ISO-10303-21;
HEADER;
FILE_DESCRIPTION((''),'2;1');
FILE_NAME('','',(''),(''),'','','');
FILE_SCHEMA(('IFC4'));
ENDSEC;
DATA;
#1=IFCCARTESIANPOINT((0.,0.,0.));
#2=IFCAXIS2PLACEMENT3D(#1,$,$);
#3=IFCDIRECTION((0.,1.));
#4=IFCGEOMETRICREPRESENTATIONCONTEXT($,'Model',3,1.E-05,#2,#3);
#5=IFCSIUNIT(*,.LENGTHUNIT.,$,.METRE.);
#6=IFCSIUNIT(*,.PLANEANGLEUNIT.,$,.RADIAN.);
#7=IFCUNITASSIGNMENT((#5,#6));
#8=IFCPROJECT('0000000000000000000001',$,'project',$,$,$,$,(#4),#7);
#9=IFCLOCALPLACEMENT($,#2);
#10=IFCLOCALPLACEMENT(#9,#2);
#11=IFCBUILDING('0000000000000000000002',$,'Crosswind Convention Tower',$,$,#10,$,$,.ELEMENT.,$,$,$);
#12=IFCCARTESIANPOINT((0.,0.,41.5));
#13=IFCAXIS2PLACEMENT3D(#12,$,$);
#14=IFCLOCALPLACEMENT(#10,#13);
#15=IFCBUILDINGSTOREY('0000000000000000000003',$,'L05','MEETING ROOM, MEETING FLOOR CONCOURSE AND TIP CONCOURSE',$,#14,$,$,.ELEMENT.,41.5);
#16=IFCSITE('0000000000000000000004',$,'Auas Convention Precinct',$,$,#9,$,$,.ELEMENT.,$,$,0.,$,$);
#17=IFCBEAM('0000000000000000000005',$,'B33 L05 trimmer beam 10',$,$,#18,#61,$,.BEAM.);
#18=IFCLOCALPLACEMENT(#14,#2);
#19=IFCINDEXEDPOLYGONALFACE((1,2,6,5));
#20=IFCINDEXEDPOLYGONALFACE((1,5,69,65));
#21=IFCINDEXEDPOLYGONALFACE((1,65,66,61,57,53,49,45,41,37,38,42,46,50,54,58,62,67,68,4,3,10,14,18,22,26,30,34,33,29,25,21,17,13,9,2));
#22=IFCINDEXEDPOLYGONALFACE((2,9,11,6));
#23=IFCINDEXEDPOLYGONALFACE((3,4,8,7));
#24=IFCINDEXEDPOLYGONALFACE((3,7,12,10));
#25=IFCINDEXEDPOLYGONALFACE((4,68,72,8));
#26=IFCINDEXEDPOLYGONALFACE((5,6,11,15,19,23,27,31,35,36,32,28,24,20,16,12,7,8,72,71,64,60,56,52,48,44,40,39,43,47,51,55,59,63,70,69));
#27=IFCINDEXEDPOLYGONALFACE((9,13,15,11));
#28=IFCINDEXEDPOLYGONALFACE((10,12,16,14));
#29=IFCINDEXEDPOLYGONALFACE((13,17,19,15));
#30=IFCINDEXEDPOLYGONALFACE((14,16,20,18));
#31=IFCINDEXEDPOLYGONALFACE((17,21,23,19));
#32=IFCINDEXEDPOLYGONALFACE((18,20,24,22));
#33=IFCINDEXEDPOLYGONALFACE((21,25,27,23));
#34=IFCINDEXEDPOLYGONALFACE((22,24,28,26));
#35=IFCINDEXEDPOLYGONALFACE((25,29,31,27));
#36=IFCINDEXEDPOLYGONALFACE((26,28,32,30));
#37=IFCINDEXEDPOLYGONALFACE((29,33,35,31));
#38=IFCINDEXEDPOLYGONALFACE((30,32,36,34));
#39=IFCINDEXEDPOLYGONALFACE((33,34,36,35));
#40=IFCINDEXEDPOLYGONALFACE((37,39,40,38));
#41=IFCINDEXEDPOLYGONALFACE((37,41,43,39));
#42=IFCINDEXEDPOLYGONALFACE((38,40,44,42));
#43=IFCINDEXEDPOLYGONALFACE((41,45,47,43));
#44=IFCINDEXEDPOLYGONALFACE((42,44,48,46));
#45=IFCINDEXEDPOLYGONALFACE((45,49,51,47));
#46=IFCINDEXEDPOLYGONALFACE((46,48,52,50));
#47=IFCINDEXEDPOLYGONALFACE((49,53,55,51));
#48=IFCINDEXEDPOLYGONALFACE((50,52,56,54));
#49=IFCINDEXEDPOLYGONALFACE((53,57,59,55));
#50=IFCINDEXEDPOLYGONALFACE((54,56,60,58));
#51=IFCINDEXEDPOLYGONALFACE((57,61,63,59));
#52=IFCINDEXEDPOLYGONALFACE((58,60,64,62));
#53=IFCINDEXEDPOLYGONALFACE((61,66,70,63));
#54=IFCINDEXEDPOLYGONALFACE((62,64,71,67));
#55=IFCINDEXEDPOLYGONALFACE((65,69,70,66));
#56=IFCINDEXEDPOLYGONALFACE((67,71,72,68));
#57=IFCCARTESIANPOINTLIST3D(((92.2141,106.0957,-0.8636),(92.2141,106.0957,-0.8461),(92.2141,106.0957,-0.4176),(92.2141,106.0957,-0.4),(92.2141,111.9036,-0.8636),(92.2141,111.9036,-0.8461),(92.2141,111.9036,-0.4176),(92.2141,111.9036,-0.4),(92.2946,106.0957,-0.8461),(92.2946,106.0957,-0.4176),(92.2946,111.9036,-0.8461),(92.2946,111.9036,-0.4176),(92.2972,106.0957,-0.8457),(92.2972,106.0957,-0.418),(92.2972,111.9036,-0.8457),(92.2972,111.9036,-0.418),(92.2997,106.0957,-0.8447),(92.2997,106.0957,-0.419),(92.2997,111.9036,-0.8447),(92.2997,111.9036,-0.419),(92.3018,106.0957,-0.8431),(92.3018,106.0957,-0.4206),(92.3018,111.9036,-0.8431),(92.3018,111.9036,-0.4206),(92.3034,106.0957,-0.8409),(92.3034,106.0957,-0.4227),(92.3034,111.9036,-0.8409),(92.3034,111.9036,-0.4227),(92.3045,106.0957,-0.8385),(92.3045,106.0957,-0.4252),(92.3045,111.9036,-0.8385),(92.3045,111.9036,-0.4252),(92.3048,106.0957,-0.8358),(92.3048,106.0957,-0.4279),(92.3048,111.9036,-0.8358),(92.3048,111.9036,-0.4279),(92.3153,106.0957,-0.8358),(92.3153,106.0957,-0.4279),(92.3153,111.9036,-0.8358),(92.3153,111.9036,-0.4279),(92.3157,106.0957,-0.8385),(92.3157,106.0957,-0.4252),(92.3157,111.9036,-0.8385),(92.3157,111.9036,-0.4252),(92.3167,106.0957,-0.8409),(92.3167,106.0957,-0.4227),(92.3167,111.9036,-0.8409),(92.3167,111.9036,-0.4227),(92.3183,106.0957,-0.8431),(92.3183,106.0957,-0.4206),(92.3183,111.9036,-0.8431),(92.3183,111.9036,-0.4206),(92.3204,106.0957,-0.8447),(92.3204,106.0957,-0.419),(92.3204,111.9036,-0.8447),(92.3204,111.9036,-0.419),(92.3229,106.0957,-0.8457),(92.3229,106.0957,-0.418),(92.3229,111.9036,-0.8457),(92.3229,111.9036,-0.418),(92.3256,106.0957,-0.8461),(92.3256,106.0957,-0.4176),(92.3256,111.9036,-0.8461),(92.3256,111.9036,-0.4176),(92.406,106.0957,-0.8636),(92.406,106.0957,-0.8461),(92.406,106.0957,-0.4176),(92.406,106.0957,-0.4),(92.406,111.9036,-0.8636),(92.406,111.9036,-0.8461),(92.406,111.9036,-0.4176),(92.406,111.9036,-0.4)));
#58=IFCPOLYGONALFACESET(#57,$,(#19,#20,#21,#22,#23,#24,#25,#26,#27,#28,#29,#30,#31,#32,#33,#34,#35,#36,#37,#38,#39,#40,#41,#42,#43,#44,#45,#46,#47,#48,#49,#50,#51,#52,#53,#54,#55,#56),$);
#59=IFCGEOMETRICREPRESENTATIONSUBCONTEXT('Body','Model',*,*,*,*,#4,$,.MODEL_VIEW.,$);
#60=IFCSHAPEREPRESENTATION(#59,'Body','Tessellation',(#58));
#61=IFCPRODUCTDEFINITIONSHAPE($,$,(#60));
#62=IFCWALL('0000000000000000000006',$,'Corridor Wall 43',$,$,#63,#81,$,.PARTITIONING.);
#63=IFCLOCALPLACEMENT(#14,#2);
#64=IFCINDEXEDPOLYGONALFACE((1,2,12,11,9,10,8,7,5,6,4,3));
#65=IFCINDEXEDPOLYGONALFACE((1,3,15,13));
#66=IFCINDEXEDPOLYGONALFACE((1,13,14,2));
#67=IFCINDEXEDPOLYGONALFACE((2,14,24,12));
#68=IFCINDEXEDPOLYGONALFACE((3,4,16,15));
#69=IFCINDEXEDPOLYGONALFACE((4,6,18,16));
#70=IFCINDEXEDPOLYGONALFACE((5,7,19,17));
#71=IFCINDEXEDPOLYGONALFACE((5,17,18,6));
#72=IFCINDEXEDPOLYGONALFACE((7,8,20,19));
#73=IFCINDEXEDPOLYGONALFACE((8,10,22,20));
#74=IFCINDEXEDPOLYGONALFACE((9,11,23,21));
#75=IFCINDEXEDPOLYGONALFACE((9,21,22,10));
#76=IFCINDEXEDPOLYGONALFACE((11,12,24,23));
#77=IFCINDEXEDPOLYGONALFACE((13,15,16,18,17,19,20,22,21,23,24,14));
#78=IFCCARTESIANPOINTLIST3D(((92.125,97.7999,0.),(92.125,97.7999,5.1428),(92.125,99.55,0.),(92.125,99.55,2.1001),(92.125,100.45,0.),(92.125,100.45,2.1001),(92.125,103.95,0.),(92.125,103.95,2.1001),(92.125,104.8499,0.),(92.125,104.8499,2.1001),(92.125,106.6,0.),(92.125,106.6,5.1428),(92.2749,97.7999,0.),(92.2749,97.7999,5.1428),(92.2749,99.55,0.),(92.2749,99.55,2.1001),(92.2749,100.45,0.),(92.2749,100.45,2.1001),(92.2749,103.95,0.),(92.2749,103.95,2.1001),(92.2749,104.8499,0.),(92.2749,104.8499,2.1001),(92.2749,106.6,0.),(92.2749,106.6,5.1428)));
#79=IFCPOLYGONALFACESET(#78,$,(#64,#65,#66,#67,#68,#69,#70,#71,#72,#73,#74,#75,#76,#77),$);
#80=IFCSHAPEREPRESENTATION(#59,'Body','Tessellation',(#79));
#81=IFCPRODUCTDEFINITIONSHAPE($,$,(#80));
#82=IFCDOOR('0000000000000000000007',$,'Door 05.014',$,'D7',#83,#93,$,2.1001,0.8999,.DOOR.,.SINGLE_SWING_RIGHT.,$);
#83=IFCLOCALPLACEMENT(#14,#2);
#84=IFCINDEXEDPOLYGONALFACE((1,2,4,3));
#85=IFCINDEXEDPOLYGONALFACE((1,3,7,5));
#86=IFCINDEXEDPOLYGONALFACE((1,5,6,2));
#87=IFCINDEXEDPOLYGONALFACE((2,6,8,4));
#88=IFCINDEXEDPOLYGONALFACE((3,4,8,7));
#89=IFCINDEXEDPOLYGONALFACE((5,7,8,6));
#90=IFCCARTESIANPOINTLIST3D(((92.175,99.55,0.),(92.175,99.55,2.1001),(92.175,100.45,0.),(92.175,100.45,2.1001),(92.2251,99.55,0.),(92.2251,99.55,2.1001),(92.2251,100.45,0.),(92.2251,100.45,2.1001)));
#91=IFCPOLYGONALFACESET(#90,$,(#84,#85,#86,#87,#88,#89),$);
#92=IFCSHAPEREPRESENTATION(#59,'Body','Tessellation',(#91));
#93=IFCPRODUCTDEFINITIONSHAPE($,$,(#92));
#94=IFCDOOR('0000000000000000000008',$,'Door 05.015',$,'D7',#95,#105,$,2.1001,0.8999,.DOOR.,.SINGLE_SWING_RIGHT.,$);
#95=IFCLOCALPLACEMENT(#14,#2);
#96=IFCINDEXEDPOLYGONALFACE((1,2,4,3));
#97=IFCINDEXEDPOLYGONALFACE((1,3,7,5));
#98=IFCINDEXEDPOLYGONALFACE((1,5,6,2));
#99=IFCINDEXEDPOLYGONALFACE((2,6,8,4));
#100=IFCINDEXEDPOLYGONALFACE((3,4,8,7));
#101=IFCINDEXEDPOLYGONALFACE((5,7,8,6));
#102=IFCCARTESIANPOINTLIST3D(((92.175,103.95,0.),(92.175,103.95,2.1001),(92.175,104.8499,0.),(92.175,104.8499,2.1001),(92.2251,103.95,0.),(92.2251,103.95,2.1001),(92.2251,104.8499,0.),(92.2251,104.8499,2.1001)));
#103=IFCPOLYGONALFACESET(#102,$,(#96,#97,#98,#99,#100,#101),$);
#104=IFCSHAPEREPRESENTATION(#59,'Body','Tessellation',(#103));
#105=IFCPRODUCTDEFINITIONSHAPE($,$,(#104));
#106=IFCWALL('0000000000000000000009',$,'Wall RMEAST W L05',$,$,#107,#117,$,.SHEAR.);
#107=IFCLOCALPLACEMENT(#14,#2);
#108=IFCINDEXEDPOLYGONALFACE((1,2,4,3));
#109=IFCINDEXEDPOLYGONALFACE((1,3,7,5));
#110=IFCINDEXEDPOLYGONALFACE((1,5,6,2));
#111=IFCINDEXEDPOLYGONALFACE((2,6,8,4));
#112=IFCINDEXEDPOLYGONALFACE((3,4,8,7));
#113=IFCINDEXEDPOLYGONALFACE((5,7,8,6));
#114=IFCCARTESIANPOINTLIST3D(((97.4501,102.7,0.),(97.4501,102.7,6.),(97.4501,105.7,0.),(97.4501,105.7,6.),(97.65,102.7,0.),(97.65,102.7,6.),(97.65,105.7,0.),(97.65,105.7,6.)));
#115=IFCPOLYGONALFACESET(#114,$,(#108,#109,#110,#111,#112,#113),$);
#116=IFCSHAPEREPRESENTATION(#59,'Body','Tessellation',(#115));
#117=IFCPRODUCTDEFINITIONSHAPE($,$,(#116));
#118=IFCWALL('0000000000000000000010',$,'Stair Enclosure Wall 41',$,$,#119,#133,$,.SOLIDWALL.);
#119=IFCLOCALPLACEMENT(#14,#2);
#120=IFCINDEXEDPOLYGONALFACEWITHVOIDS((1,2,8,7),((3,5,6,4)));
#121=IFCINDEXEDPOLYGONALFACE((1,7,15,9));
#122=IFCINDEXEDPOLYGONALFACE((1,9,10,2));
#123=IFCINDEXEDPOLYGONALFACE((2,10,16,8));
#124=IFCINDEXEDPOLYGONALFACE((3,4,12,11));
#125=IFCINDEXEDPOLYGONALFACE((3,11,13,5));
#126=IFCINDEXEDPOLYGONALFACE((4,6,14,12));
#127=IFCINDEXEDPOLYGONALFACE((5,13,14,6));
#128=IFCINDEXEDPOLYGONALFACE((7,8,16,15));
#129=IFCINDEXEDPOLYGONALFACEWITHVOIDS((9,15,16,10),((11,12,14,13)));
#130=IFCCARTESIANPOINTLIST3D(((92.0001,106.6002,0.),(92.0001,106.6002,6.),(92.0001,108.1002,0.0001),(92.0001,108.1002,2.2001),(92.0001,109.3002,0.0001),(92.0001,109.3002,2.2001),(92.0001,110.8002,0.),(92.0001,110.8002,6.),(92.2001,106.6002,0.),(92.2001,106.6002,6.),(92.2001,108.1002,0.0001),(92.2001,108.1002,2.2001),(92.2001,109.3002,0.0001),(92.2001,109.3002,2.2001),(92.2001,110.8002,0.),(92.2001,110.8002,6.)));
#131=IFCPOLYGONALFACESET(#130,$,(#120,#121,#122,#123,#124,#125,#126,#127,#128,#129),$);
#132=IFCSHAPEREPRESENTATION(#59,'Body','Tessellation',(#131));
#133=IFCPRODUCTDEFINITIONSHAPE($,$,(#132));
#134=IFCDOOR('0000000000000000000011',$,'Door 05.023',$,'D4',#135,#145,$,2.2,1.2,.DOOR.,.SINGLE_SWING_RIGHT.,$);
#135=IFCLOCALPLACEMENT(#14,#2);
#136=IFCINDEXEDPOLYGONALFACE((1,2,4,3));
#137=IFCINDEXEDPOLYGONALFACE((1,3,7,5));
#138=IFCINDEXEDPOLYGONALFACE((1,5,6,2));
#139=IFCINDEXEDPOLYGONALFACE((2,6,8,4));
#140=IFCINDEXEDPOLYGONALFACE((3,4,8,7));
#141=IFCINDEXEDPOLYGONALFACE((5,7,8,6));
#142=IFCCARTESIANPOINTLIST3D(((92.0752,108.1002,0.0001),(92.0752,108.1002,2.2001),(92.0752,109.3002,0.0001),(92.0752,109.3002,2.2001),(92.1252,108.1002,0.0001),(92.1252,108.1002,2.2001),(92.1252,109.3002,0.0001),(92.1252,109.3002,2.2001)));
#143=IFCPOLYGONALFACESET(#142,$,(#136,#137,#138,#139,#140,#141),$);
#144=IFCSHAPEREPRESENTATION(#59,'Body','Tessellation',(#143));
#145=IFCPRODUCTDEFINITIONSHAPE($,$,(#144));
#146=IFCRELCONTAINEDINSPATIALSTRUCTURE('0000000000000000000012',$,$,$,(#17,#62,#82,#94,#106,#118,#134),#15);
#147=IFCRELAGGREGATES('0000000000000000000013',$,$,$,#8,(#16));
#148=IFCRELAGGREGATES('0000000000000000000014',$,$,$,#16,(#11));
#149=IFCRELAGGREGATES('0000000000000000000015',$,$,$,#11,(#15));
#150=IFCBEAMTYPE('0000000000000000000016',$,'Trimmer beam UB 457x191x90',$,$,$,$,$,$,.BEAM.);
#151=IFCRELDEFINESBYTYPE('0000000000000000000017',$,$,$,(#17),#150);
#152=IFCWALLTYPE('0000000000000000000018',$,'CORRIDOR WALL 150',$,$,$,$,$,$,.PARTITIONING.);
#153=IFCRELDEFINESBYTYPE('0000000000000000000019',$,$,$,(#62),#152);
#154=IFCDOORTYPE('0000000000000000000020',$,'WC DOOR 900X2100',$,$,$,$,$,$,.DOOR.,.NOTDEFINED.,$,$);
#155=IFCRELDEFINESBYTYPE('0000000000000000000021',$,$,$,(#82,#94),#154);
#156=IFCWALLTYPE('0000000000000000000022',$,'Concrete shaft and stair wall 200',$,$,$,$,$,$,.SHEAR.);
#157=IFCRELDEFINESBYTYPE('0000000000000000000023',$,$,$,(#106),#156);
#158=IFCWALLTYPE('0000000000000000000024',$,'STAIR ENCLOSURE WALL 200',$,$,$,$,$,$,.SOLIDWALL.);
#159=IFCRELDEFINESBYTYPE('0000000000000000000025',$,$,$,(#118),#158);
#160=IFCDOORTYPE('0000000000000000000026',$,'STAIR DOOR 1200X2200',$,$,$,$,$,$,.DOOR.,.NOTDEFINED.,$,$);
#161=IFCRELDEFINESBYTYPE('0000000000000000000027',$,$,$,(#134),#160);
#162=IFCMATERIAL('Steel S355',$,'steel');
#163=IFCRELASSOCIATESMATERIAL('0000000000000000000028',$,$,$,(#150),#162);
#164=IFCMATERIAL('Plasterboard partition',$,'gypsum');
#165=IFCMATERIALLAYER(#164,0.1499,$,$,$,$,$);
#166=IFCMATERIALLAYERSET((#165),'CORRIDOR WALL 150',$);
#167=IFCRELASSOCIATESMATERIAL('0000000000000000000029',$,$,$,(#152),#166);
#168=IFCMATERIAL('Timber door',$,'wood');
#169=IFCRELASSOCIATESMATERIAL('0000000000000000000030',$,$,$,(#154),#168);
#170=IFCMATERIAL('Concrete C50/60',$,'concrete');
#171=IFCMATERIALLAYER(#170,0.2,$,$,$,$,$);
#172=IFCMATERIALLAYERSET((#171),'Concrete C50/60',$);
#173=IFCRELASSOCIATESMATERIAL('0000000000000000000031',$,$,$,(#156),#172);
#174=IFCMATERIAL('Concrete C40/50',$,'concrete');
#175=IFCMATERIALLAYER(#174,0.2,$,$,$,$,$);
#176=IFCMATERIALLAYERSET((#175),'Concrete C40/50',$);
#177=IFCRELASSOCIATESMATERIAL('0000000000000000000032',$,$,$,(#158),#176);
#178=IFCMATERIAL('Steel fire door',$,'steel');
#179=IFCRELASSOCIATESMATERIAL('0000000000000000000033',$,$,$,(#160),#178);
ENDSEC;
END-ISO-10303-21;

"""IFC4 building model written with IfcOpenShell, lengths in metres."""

from ifc_helpers import new_model, si_unit, direction, frame, frame_2d, origin, origin_2d, place, context, subcontext, project, spatial, rectangle, i_section, extrude, material, layer, layer_set, material_profile, profile_set, type_object, element, fill, save


model = new_model("IFC4")

# Units and contexts
model_context = context("Model", 3, precision=1e-05, world=origin(), true_north=direction((0.0, 1.0)))
body_context = subcontext(model_context, "Body", "Model", "MODEL_VIEW")
ifc_project = project(units=[si_unit("LENGTHUNIT", "METRE"), si_unit("PLANEANGLEUNIT", "RADIAN")], contexts=[model_context])

# Site, building, storey
site_placement = place(None, origin())
site = spatial("IfcSite", under=ifc_project, at=site_placement, Name="Auas Convention Precinct", CompositionType="ELEMENT", RefElevation=0.0)
building_placement = place(site_placement, origin())
building = spatial("IfcBuilding", under=site, at=building_placement, Name="Crosswind Convention Tower", CompositionType="ELEMENT")
storey_placement = place(building_placement, frame((0.0, 0.0, 41.5)))
storey = spatial("IfcBuildingStorey", under=building, at=storey_placement, Name="L05", Description="MEETING ROOM, MEETING FLOOR CONCOURSE AND TIP CONCOURSE", CompositionType="ELEMENT", Elevation=41.5)

# Beam
ifc_material_1 = material(Name="Steel S355", Category="steel")
ifc_material_profile_1 = material_profile(ifc_material_1, i_section(OverallWidth=0.1919, OverallDepth=0.4636, WebThickness=0.0105, FlangeThickness=0.0176, FilletRadius=0.0103, at=origin_2d()), Name="UB 457x191x90")
ifc_profile_set_1 = profile_set([ifc_material_profile_1], Name="Steel S355")
beam_type_1 = type_object("IfcBeamType", Name="Trimmer beam UB 457x191x90", PredefinedType="BEAM", material=ifc_profile_set_1)
beam_1_placement = place(storey_placement, frame((92.3101, 106.0957, -0.6318), z_axis=(0.0, 1.0, 0.0), x_axis=(-1.0, 0.0, 0.0)))
element("IfcBeam", 1, at=beam_1_placement, inside=storey, type_object=beam_type_1, Name="B33 L05 trimmer beam 10", PredefinedType="BEAM", context=body_context, shape_type="SweptSolid", body=[
    extrude(i_section(OverallWidth=0.1919, OverallDepth=0.4636, WebThickness=0.0105, FlangeThickness=0.0176, FilletRadius=0.0103, at=origin_2d()), origin(), (0.0, 0.0, 1.0), 5.8079),
])

# Wall, openings, doors
ifc_material_2 = material(Name="Plasterboard partition", Category="gypsum")
ifc_layer_1 = layer(ifc_material_2, 0.1499)
ifc_layer_set_1 = layer_set([ifc_layer_1], Name="CORRIDOR WALL 150")
wall_type_1 = type_object("IfcWallType", Name="CORRIDOR WALL 150", PredefinedType="PARTITIONING", material=ifc_layer_set_1)
wall_1_placement = place(storey_placement, frame((92.2, 97.8, 0.0), z_axis=(0.0, 0.0, 1.0), x_axis=(0.0, 1.0, 0.0)))
wall_1 = element("IfcWall", 2, at=wall_1_placement, inside=storey, type_object=wall_type_1, Name="Corridor Wall 43", PredefinedType="PARTITIONING", context=body_context, shape_type="SweptSolid", body=[
    extrude(rectangle(XDim=8.8, YDim=0.1499, at=frame_2d((4.3999, 0.0))), origin(), (0.0, 0.0, 1.0), 5.1428),
])
opening_1_placement = place(wall_1_placement, frame((1.75, 0.0, 0.0)))
opening_1 = element("IfcOpeningElement", 3, at=opening_1_placement, cuts=wall_1, PredefinedType="OPENING", context=body_context, shape_type="SweptSolid", body=[
    extrude(rectangle(XDim=0.8999, YDim=2.1001, at=frame_2d((0.45, 1.05))), frame((0.0, 0.085, 0.0), z_axis=(0.0, -1.0, 0.0), x_axis=(1.0, 0.0, 0.0)), (0.0, 0.0, 1.0), 0.1699),
])
opening_2_placement = place(wall_1_placement, frame((6.1499, 0.0, 0.0)))
opening_2 = element("IfcOpeningElement", 4, at=opening_2_placement, cuts=wall_1, PredefinedType="OPENING", context=body_context, shape_type="SweptSolid", body=[
    extrude(rectangle(XDim=0.8999, YDim=2.1001, at=frame_2d((0.45, 1.05))), frame((0.0, 0.085, 0.0), z_axis=(0.0, -1.0, 0.0), x_axis=(1.0, 0.0, 0.0)), (0.0, 0.0, 1.0), 0.1699),
])
ifc_material_3 = material(Name="Timber door", Category="wood")
door_type_1 = type_object("IfcDoorType", Name="WC DOOR 900X2100", OperationType="NOTDEFINED", PredefinedType="DOOR", material=ifc_material_3)
door_1_placement = place(opening_1_placement, origin())
door_1 = element("IfcDoor", 5, at=door_1_placement, inside=storey, type_object=door_type_1, Name="Door 05.014", ObjectType="D7", OperationType="SINGLE_SWING_RIGHT", OverallHeight=2.1001, OverallWidth=0.8999, PredefinedType="DOOR", context=body_context, shape_type="SweptSolid", body=[
    extrude(rectangle(XDim=0.8999, YDim=2.1001, at=frame_2d((0.45, 1.05))), frame((0.0, 0.0249, 0.0), z_axis=(0.0, -1.0, 0.0), x_axis=(1.0, 0.0, 0.0)), (0.0, 0.0, 1.0), 0.05),
])
fill(opening_1, door_1)
door_2_placement = place(opening_2_placement, origin())
door_2 = element("IfcDoor", 6, at=door_2_placement, inside=storey, type_object=door_type_1, Name="Door 05.015", ObjectType="D7", OperationType="SINGLE_SWING_RIGHT", OverallHeight=2.1001, OverallWidth=0.8999, PredefinedType="DOOR", context=body_context, shape_type="SweptSolid", body=[
    extrude(rectangle(XDim=0.8999, YDim=2.1001, at=frame_2d((0.45, 1.05))), frame((0.0, 0.0249, 0.0), z_axis=(0.0, -1.0, 0.0), x_axis=(1.0, 0.0, 0.0)), (0.0, 0.0, 1.0), 0.05),
])
fill(opening_2, door_2)

# Wall
ifc_material_4 = material(Name="Concrete C50/60", Category="concrete")
ifc_layer_2 = layer(ifc_material_4, 0.2)
ifc_layer_set_2 = layer_set([ifc_layer_2], Name="Concrete C50/60")
wall_type_2 = type_object("IfcWallType", Name="Concrete shaft and stair wall 200", PredefinedType="SHEAR", material=ifc_layer_set_2)
wall_2_placement = place(storey_placement, frame((97.55, 105.7, 0.0), z_axis=(0.0, 0.0, 1.0), x_axis=(0.0, -1.0, 0.0)))
element("IfcWall", 7, at=wall_2_placement, inside=storey, type_object=wall_type_2, Name="Wall RMEAST W L05", PredefinedType="SHEAR", context=body_context, shape_type="SweptSolid", body=[
    extrude(rectangle(XDim=3.0, YDim=0.2, at=frame_2d((1.5, 0.0))), origin(), (0.0, 0.0, 1.0), 6.0),
])

# Wall, opening, door
ifc_material_5 = material(Name="Concrete C40/50", Category="concrete")
ifc_layer_3 = layer(ifc_material_5, 0.2)
ifc_layer_set_3 = layer_set([ifc_layer_3], Name="Concrete C40/50")
wall_type_3 = type_object("IfcWallType", Name="STAIR ENCLOSURE WALL 200", PredefinedType="SOLIDWALL", material=ifc_layer_set_3)
wall_3_placement = place(storey_placement, frame((92.1001, 106.6001, 0.0), z_axis=(0.0, 0.0, 1.0), x_axis=(0.0, 1.0, 0.0)))
wall_3 = element("IfcWall", 8, at=wall_3_placement, inside=storey, type_object=wall_type_3, Name="Stair Enclosure Wall 41", PredefinedType="SOLIDWALL", context=body_context, shape_type="SweptSolid", body=[
    extrude(rectangle(XDim=4.2, YDim=0.2, at=frame_2d((2.1001, 0.0))), origin(), (0.0, 0.0, 1.0), 6.0),
])
opening_3_placement = place(wall_3_placement, frame((1.5, 0.0, 0.0)))
opening_3 = element("IfcOpeningElement", 9, at=opening_3_placement, cuts=wall_3, PredefinedType="OPENING", context=body_context, shape_type="SweptSolid", body=[
    extrude(rectangle(XDim=1.2, YDim=2.2, at=frame_2d((0.6001, 1.1001))), frame((0.0, 0.1099, 0.0), z_axis=(0.0, -1.0, 0.0), x_axis=(1.0, 0.0, 0.0)), (0.0, 0.0, 1.0), 0.22),
])
ifc_material_6 = material(Name="Steel fire door", Category="steel")
door_type_2 = type_object("IfcDoorType", Name="STAIR DOOR 1200X2200", OperationType="NOTDEFINED", PredefinedType="DOOR", material=ifc_material_6)
door_3_placement = place(opening_3_placement, origin())
door_3 = element("IfcDoor", 10, at=door_3_placement, inside=storey, type_object=door_type_2, Name="Door 05.023", ObjectType="D4", OperationType="SINGLE_SWING_RIGHT", OverallHeight=2.2, OverallWidth=1.2, PredefinedType="DOOR", context=body_context, shape_type="SweptSolid", body=[
    extrude(rectangle(XDim=1.2, YDim=2.2, at=frame_2d((0.6001, 1.1001))), frame((0.0, 0.0249, 0.0), z_axis=(0.0, -1.0, 0.0), x_axis=(1.0, 0.0, 0.0)), (0.0, 0.0, 1.0), 0.05),
])
fill(opening_3, door_3)

save(model, "model.ifc")
